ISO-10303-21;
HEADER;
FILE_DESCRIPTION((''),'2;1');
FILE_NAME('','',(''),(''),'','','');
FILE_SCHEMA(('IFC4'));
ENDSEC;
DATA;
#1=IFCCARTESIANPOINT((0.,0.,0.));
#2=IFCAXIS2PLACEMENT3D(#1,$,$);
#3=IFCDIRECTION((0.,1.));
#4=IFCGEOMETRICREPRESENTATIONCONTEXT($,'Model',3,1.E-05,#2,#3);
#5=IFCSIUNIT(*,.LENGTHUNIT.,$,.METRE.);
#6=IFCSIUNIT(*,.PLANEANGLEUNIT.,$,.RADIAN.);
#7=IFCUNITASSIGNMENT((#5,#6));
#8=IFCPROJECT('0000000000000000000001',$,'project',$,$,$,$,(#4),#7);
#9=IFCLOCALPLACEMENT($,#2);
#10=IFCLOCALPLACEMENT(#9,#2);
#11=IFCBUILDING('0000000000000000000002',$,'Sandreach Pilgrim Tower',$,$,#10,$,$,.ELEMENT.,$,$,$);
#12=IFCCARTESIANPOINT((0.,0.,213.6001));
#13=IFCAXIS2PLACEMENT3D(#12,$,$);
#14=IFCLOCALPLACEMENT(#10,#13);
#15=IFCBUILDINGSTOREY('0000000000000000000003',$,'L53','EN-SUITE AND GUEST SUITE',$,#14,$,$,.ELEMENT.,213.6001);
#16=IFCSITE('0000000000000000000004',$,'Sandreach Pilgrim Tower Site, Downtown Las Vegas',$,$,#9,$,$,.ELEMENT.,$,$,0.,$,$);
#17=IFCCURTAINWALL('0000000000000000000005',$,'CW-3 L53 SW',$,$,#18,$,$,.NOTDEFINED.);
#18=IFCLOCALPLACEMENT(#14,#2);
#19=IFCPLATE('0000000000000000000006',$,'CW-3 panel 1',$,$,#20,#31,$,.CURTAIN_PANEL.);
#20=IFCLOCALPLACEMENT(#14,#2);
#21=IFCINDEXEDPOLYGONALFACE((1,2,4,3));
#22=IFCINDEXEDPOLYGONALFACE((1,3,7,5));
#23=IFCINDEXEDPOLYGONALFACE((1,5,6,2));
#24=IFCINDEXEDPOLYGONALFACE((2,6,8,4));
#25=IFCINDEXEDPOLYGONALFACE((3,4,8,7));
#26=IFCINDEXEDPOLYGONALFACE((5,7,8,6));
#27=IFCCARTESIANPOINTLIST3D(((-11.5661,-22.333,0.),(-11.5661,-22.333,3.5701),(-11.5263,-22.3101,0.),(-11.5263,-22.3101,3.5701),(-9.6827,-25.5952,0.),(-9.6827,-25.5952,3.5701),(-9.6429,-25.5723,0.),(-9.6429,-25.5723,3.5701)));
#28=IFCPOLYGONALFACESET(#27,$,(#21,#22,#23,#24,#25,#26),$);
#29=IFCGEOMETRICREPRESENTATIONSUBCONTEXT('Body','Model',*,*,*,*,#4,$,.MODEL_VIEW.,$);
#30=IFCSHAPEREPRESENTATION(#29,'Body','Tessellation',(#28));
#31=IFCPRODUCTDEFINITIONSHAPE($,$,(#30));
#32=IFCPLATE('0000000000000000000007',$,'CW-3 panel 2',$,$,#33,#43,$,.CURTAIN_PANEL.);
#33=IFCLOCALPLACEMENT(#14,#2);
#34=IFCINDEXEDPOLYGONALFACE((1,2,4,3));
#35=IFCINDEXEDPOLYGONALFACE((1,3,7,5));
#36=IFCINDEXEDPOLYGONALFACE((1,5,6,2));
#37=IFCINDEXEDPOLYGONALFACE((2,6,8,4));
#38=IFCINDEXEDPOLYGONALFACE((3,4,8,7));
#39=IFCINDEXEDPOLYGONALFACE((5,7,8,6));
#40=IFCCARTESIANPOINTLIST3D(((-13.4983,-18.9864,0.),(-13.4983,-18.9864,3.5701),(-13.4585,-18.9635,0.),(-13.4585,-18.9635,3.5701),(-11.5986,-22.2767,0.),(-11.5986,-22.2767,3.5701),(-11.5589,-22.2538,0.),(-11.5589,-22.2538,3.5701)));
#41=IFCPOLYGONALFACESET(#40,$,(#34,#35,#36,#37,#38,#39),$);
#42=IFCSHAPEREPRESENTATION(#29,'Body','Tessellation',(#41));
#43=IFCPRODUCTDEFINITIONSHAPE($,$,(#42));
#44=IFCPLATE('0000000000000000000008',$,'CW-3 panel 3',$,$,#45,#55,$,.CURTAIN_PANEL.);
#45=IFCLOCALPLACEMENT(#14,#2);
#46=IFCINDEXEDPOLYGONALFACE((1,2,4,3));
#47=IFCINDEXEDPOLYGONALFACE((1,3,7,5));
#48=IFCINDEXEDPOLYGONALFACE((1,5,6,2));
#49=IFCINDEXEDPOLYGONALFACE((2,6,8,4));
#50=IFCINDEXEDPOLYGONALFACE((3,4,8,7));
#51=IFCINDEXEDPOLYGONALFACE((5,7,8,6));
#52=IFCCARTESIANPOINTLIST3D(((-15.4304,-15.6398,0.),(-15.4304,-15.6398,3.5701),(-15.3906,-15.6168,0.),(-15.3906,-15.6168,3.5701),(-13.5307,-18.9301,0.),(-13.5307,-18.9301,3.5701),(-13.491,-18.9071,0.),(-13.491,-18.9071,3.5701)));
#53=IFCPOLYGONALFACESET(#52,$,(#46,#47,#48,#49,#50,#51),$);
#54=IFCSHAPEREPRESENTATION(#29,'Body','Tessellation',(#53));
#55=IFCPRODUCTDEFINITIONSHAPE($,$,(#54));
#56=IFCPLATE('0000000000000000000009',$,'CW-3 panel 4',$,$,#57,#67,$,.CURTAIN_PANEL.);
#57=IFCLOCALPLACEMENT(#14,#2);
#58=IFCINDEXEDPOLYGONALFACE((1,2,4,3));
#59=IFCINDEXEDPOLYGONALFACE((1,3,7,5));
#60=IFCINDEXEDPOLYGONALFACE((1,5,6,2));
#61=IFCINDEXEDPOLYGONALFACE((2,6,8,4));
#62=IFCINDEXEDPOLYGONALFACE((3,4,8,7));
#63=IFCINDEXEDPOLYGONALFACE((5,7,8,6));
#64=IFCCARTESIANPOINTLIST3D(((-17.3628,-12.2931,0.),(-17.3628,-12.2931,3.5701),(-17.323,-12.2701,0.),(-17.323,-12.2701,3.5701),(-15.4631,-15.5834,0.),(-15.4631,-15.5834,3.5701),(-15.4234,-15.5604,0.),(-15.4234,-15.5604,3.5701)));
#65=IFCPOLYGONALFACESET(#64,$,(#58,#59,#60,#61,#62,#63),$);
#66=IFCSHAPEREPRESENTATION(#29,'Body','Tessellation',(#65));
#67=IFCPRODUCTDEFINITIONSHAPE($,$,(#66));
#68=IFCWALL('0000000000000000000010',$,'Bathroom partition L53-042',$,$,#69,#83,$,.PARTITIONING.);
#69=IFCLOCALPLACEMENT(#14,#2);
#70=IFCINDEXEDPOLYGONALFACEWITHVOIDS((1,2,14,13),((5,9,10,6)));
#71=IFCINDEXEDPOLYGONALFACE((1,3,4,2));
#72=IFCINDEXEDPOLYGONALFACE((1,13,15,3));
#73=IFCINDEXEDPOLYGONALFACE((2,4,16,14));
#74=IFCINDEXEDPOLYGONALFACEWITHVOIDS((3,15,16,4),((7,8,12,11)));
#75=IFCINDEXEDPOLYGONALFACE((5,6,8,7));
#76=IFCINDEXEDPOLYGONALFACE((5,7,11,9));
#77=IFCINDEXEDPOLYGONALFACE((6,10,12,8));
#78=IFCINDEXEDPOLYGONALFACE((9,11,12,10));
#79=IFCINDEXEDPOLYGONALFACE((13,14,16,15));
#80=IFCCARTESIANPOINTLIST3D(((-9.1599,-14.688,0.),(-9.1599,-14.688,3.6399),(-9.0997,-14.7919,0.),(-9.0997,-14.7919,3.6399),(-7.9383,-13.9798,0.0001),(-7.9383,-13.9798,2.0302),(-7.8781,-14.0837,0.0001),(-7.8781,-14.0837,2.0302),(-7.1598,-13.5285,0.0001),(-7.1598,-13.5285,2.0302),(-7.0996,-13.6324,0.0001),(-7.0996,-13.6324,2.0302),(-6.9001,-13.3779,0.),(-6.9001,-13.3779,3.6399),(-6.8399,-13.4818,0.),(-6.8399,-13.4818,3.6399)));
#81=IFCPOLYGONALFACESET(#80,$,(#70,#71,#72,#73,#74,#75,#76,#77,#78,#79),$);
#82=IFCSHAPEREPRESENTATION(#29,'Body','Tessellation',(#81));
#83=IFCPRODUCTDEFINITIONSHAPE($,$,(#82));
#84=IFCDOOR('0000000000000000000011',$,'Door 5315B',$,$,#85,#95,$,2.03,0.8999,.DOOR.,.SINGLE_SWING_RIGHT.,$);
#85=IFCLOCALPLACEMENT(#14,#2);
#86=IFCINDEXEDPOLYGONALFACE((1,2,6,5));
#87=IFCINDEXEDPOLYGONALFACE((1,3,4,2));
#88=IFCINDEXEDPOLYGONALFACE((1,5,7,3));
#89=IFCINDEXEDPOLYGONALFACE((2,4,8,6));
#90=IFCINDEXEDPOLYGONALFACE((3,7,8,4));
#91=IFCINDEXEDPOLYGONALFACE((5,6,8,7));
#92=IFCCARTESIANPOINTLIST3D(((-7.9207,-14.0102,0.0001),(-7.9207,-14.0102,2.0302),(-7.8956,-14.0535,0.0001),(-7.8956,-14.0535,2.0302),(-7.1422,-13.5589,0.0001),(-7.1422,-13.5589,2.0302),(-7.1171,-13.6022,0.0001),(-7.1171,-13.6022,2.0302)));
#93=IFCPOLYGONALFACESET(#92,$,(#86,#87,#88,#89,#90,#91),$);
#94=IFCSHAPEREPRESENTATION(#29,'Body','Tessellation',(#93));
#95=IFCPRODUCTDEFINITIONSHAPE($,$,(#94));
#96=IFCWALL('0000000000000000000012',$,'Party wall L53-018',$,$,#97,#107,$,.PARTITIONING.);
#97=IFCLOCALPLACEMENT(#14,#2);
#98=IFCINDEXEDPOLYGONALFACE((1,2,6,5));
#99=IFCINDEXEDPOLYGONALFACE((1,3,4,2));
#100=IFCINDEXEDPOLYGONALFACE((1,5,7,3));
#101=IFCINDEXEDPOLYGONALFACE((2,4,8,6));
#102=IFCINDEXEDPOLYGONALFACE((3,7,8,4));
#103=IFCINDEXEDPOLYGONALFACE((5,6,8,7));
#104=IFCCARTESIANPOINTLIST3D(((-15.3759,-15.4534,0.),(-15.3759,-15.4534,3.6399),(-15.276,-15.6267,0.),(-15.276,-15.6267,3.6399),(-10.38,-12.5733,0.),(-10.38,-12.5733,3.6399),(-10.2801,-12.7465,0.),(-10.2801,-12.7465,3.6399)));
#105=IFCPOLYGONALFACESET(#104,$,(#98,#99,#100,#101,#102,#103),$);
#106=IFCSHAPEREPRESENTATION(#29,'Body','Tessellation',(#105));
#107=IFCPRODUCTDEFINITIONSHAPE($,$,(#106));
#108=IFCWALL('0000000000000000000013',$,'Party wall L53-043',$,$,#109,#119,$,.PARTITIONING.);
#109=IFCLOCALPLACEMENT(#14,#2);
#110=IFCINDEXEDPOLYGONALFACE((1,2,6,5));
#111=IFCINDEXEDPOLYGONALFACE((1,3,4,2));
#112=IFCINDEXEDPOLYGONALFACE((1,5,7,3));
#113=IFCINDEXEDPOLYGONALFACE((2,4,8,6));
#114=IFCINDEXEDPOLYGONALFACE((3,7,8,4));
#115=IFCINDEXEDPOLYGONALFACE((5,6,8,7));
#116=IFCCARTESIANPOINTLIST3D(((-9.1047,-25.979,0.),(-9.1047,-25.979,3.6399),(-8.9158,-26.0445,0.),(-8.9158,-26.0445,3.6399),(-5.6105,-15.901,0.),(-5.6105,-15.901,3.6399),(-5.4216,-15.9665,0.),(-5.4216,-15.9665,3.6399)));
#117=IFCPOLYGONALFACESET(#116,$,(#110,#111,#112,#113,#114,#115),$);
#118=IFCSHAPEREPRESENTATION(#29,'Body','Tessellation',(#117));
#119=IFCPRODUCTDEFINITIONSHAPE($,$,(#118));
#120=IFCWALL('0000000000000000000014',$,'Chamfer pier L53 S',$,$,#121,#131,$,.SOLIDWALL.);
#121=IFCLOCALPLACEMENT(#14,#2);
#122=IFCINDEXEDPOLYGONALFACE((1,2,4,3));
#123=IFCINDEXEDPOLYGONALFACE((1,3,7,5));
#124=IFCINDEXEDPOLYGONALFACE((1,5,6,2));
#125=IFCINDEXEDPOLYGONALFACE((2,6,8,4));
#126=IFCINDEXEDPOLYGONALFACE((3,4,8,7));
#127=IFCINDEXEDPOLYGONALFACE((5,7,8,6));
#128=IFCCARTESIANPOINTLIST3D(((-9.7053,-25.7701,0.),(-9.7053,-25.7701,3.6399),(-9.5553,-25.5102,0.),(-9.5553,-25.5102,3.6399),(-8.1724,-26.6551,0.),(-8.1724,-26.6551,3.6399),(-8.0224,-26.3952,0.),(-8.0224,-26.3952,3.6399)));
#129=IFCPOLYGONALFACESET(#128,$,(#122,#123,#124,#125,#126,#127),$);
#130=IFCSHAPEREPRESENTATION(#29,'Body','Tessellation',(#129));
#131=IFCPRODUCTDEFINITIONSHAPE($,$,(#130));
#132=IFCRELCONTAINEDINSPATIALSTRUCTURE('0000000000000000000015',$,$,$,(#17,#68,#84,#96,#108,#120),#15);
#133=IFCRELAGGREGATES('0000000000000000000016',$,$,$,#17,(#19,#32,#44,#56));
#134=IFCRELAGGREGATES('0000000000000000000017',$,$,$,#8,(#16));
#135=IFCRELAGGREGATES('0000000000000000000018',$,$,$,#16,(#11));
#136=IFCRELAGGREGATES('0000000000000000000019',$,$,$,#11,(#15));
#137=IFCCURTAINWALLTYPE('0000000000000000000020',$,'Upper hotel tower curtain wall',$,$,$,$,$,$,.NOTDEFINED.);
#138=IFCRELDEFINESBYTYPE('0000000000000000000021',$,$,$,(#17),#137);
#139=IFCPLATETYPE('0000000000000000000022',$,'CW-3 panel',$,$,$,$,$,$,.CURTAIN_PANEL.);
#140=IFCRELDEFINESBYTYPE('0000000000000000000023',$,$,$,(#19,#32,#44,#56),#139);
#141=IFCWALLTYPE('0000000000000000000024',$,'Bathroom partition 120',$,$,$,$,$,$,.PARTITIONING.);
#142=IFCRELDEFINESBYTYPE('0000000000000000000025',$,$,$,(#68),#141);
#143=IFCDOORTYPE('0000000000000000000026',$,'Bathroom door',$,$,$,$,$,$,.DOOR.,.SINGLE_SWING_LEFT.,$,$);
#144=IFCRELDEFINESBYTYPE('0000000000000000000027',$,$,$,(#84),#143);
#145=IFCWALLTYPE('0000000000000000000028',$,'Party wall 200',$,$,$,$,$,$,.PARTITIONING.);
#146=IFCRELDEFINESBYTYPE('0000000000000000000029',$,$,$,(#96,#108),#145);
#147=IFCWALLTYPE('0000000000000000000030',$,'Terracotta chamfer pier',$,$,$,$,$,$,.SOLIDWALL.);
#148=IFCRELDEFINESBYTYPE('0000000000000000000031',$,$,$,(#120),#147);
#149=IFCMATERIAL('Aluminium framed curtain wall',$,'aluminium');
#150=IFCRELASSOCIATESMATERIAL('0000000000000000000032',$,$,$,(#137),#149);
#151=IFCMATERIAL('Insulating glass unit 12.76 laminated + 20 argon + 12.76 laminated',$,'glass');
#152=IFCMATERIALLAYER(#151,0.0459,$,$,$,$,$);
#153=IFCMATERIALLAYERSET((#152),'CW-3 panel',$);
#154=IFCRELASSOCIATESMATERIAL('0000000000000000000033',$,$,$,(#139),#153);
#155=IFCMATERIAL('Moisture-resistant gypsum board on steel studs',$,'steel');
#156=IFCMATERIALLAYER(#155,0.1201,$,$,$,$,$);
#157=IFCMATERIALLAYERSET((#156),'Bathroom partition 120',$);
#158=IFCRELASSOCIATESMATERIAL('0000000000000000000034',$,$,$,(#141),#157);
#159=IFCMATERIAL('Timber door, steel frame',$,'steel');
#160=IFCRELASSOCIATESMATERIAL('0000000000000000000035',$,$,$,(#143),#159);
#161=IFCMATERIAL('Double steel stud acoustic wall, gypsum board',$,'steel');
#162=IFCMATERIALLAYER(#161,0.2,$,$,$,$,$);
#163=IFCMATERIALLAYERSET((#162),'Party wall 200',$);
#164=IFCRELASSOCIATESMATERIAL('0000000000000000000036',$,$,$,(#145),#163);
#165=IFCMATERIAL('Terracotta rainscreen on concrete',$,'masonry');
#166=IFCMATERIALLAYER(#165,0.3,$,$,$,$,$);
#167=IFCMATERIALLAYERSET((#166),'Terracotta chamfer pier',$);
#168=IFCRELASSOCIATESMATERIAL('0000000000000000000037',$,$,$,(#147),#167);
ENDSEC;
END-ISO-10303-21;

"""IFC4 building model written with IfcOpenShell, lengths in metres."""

from ifc_helpers import new_model, si_unit, direction, frame, frame_2d, origin, origin_2d, place, context, subcontext, project, spatial, rectangle, extrude, material, layer, layer_set, type_object, element, fill, aggregate, save


model = new_model("IFC4")

# Units and contexts
model_context = context("Model", 3, precision=1e-05, world=origin(), true_north=direction((0.0, 1.0)))
body_context = subcontext(model_context, "Body", "Model", "MODEL_VIEW")
ifc_project = project(units=[si_unit("LENGTHUNIT", "METRE"), si_unit("PLANEANGLEUNIT", "RADIAN")], contexts=[model_context])

# Site, building, storey
site_placement = place(None, origin())
site = spatial("IfcSite", under=ifc_project, at=site_placement, Name="Sandreach Pilgrim Tower Site, Downtown Las Vegas", CompositionType="ELEMENT", RefElevation=0.0)
building_placement = place(site_placement, origin())
building = spatial("IfcBuilding", under=site, at=building_placement, Name="Sandreach Pilgrim Tower", CompositionType="ELEMENT")
storey_placement = place(building_placement, frame((0.0, 0.0, 213.6001)))
storey = spatial("IfcBuildingStorey", under=building, at=storey_placement, Name="L53", Description="EN-SUITE AND GUEST SUITE", CompositionType="ELEMENT", Elevation=213.6001)

# Shared definitions
ifc_material_1 = material(Name="Aluminium framed curtain wall", Category="aluminium")
curtain_wall_type = type_object("IfcCurtainWallType", Name="Upper hotel tower curtain wall", PredefinedType="NOTDEFINED", material=ifc_material_1)

# Curtain wall
curtain_wall_1_placement = place(storey_placement, origin())
curtain_wall_1 = element("IfcCurtainWall", 1, at=curtain_wall_1_placement, inside=storey, type_object=curtain_wall_type, Name="CW-3 L53 SW", PredefinedType="NOTDEFINED")

# Plates
ifc_material_2 = material(Name="Insulating glass unit 12.76 laminated + 20 argon + 12.76 laminated", Category="glass")
ifc_layer_1 = layer(ifc_material_2, 0.0459)
ifc_layer_set_1 = layer_set([ifc_layer_1], Name="CW-3 panel")
plate_type = type_object("IfcPlateType", Name="CW-3 panel", PredefinedType="CURTAIN_PANEL", material=ifc_layer_set_1)
plate_1_placement = place(storey_placement, frame((-10.6045, -23.9526, 0.0), z_axis=(0.0, 0.0, 1.0), x_axis=(-0.5, 0.866025, 0.0)))
plate_1 = element("IfcPlate", 2, at=plate_1_placement, type_object=plate_type, Name="CW-3 panel 1", PredefinedType="CURTAIN_PANEL", context=body_context, shape_type="SweptSolid", body=[
    extrude(rectangle(XDim=3.7668, YDim=0.0459, at=origin_2d()), origin(), (0.0, 0.0, 1.0), 3.5701),
])
plate_2_placement = place(storey_placement, frame((-12.5286, -20.6201, 0.0), z_axis=(0.0, 0.0, 1.0), x_axis=(-0.5, 0.866025, 0.0)))
plate_2 = element("IfcPlate", 3, at=plate_2_placement, type_object=plate_type, Name="CW-3 panel 2", PredefinedType="CURTAIN_PANEL", context=body_context, shape_type="SweptSolid", body=[
    extrude(rectangle(XDim=3.7993, YDim=0.0459, at=origin_2d()), origin(), (0.0, 0.0, 1.0), 3.5701),
])
plate_3_placement = place(storey_placement, frame((-14.4607, -17.2734, 0.0), z_axis=(0.0, 0.0, 1.0), x_axis=(-0.5, 0.866025, 0.0)))
plate_3 = element("IfcPlate", 4, at=plate_3_placement, type_object=plate_type, Name="CW-3 panel 3", PredefinedType="CURTAIN_PANEL", context=body_context, shape_type="SweptSolid", body=[
    extrude(rectangle(XDim=3.7993, YDim=0.0459, at=origin_2d()), origin(), (0.0, 0.0, 1.0), 3.5701),
])
plate_4_placement = place(storey_placement, frame((-16.3931, -13.9268, 0.0), z_axis=(0.0, 0.0, 1.0), x_axis=(-0.5, 0.866025, 0.0)))
plate_4 = element("IfcPlate", 5, at=plate_4_placement, type_object=plate_type, Name="CW-3 panel 4", PredefinedType="CURTAIN_PANEL", context=body_context, shape_type="SweptSolid", body=[
    extrude(rectangle(XDim=3.7993, YDim=0.0459, at=origin_2d()), origin(), (0.0, 0.0, 1.0), 3.5701),
])
aggregate(curtain_wall_1, [plate_1, plate_2, plate_3, plate_4])

# Wall, opening, door
ifc_material_3 = material(Name="Moisture-resistant gypsum board on steel studs", Category="steel")
ifc_layer_2 = layer(ifc_material_3, 0.1201)
ifc_layer_set_2 = layer_set([ifc_layer_2], Name="Bathroom partition 120")
wall_type_1 = type_object("IfcWallType", Name="Bathroom partition 120", PredefinedType="PARTITIONING", material=ifc_layer_set_2)
wall_1_placement = place(storey_placement, frame((-9.1299, -14.74, 0.0), z_axis=(0.0, 0.0, 1.0), x_axis=(0.865132, 0.501545, 0.0)))
wall_1 = element("IfcWall", 6, at=wall_1_placement, inside=storey, type_object=wall_type_1, Name="Bathroom partition L53-042", PredefinedType="PARTITIONING", context=body_context, shape_type="SweptSolid", body=[
    extrude(rectangle(XDim=2.6121, YDim=0.1201, at=frame_2d((1.3062, 0.0))), origin(), (0.0, 0.0, 1.0), 3.6399),
])
opening_placement = place(wall_1_placement, frame((1.4121, 0.0, 0.0)))
opening = element("IfcOpeningElement", 7, at=opening_placement, cuts=wall_1, PredefinedType="OPENING", context=body_context, shape_type="SweptSolid", body=[
    extrude(rectangle(XDim=0.8999, YDim=2.03, at=frame_2d((0.45, 1.0151))), frame((0.0, 0.0601, 0.0), z_axis=(0.0, -1.0, 0.0), x_axis=(1.0, 0.0, 0.0)), (0.0, 0.0, 1.0), 0.1201),
])
ifc_material_4 = material(Name="Timber door, steel frame", Category="steel")
door_type = type_object("IfcDoorType", Name="Bathroom door", OperationType="SINGLE_SWING_LEFT", PredefinedType="DOOR", material=ifc_material_4)
door_placement = place(opening_placement, origin())
door = element("IfcDoor", 8, at=door_placement, inside=storey, type_object=door_type, Name="Door 5315B", OperationType="SINGLE_SWING_RIGHT", OverallHeight=2.03, OverallWidth=0.8999, PredefinedType="DOOR", context=body_context, shape_type="SweptSolid", body=[
    extrude(rectangle(XDim=0.8999, YDim=2.03, at=frame_2d((0.45, 1.0151))), frame((0.0, 0.0249, 0.0), z_axis=(0.0, -1.0, 0.0), x_axis=(1.0, 0.0, 0.0)), (0.0, 0.0, 1.0), 0.05),
])
fill(opening, door)

# Walls
ifc_material_5 = material(Name="Double steel stud acoustic wall, gypsum board", Category="steel")
ifc_layer_3 = layer(ifc_material_5, 0.2)
ifc_layer_set_3 = layer_set([ifc_layer_3], Name="Party wall 200")
wall_type_2 = type_object("IfcWallType", Name="Party wall 200", PredefinedType="PARTITIONING", material=ifc_layer_set_3)
wall_2_placement = place(storey_placement, frame((-15.3259, -15.54, 0.0), z_axis=(0.0, 0.0, 1.0), x_axis=(0.866343, 0.49945, 0.0)))
element("IfcWall", 9, at=wall_2_placement, inside=storey, type_object=wall_type_2, Name="Party wall L53-018", PredefinedType="PARTITIONING", context=body_context, shape_type="SweptSolid", body=[
    extrude(rectangle(XDim=5.7666, YDim=0.2, at=frame_2d((2.8833, 0.0))), origin(), (0.0, 0.0, 1.0), 3.6399),
])
wall_3_placement = place(storey_placement, frame((-9.0103, -26.0117, 0.0), z_axis=(0.0, 0.0, 1.0), x_axis=(0.327583, 0.944822, 0.0)))
element("IfcWall", 10, at=wall_3_placement, inside=storey, type_object=wall_type_2, Name="Party wall L53-043", PredefinedType="PARTITIONING", context=body_context, shape_type="SweptSolid", body=[
    extrude(rectangle(XDim=10.6665, YDim=0.2, at=frame_2d((5.3333, 0.0))), origin(), (0.0, 0.0, 1.0), 3.6399),
])
ifc_material_6 = material(Name="Terracotta rainscreen on concrete", Category="masonry")
ifc_layer_4 = layer(ifc_material_6, 0.3)
ifc_layer_set_4 = layer_set([ifc_layer_4], Name="Terracotta chamfer pier")
wall_type_3 = type_object("IfcWallType", Name="Terracotta chamfer pier", PredefinedType="SOLIDWALL", material=ifc_layer_set_4)
wall_4_placement = place(storey_placement, frame((-8.0974, -26.5251, 0.0), z_axis=(0.0, 0.0, 1.0), x_axis=(-0.866036, 0.499981, 0.0)))
element("IfcWall", 11, at=wall_4_placement, inside=storey, type_object=wall_type_3, Name="Chamfer pier L53 S", PredefinedType="SOLIDWALL", context=body_context, shape_type="SweptSolid", body=[
    extrude(rectangle(XDim=1.77, YDim=0.3, at=frame_2d((0.885, 0.0))), origin(), (0.0, 0.0, 1.0), 3.6399),
])

save(model, "model.ifc")
